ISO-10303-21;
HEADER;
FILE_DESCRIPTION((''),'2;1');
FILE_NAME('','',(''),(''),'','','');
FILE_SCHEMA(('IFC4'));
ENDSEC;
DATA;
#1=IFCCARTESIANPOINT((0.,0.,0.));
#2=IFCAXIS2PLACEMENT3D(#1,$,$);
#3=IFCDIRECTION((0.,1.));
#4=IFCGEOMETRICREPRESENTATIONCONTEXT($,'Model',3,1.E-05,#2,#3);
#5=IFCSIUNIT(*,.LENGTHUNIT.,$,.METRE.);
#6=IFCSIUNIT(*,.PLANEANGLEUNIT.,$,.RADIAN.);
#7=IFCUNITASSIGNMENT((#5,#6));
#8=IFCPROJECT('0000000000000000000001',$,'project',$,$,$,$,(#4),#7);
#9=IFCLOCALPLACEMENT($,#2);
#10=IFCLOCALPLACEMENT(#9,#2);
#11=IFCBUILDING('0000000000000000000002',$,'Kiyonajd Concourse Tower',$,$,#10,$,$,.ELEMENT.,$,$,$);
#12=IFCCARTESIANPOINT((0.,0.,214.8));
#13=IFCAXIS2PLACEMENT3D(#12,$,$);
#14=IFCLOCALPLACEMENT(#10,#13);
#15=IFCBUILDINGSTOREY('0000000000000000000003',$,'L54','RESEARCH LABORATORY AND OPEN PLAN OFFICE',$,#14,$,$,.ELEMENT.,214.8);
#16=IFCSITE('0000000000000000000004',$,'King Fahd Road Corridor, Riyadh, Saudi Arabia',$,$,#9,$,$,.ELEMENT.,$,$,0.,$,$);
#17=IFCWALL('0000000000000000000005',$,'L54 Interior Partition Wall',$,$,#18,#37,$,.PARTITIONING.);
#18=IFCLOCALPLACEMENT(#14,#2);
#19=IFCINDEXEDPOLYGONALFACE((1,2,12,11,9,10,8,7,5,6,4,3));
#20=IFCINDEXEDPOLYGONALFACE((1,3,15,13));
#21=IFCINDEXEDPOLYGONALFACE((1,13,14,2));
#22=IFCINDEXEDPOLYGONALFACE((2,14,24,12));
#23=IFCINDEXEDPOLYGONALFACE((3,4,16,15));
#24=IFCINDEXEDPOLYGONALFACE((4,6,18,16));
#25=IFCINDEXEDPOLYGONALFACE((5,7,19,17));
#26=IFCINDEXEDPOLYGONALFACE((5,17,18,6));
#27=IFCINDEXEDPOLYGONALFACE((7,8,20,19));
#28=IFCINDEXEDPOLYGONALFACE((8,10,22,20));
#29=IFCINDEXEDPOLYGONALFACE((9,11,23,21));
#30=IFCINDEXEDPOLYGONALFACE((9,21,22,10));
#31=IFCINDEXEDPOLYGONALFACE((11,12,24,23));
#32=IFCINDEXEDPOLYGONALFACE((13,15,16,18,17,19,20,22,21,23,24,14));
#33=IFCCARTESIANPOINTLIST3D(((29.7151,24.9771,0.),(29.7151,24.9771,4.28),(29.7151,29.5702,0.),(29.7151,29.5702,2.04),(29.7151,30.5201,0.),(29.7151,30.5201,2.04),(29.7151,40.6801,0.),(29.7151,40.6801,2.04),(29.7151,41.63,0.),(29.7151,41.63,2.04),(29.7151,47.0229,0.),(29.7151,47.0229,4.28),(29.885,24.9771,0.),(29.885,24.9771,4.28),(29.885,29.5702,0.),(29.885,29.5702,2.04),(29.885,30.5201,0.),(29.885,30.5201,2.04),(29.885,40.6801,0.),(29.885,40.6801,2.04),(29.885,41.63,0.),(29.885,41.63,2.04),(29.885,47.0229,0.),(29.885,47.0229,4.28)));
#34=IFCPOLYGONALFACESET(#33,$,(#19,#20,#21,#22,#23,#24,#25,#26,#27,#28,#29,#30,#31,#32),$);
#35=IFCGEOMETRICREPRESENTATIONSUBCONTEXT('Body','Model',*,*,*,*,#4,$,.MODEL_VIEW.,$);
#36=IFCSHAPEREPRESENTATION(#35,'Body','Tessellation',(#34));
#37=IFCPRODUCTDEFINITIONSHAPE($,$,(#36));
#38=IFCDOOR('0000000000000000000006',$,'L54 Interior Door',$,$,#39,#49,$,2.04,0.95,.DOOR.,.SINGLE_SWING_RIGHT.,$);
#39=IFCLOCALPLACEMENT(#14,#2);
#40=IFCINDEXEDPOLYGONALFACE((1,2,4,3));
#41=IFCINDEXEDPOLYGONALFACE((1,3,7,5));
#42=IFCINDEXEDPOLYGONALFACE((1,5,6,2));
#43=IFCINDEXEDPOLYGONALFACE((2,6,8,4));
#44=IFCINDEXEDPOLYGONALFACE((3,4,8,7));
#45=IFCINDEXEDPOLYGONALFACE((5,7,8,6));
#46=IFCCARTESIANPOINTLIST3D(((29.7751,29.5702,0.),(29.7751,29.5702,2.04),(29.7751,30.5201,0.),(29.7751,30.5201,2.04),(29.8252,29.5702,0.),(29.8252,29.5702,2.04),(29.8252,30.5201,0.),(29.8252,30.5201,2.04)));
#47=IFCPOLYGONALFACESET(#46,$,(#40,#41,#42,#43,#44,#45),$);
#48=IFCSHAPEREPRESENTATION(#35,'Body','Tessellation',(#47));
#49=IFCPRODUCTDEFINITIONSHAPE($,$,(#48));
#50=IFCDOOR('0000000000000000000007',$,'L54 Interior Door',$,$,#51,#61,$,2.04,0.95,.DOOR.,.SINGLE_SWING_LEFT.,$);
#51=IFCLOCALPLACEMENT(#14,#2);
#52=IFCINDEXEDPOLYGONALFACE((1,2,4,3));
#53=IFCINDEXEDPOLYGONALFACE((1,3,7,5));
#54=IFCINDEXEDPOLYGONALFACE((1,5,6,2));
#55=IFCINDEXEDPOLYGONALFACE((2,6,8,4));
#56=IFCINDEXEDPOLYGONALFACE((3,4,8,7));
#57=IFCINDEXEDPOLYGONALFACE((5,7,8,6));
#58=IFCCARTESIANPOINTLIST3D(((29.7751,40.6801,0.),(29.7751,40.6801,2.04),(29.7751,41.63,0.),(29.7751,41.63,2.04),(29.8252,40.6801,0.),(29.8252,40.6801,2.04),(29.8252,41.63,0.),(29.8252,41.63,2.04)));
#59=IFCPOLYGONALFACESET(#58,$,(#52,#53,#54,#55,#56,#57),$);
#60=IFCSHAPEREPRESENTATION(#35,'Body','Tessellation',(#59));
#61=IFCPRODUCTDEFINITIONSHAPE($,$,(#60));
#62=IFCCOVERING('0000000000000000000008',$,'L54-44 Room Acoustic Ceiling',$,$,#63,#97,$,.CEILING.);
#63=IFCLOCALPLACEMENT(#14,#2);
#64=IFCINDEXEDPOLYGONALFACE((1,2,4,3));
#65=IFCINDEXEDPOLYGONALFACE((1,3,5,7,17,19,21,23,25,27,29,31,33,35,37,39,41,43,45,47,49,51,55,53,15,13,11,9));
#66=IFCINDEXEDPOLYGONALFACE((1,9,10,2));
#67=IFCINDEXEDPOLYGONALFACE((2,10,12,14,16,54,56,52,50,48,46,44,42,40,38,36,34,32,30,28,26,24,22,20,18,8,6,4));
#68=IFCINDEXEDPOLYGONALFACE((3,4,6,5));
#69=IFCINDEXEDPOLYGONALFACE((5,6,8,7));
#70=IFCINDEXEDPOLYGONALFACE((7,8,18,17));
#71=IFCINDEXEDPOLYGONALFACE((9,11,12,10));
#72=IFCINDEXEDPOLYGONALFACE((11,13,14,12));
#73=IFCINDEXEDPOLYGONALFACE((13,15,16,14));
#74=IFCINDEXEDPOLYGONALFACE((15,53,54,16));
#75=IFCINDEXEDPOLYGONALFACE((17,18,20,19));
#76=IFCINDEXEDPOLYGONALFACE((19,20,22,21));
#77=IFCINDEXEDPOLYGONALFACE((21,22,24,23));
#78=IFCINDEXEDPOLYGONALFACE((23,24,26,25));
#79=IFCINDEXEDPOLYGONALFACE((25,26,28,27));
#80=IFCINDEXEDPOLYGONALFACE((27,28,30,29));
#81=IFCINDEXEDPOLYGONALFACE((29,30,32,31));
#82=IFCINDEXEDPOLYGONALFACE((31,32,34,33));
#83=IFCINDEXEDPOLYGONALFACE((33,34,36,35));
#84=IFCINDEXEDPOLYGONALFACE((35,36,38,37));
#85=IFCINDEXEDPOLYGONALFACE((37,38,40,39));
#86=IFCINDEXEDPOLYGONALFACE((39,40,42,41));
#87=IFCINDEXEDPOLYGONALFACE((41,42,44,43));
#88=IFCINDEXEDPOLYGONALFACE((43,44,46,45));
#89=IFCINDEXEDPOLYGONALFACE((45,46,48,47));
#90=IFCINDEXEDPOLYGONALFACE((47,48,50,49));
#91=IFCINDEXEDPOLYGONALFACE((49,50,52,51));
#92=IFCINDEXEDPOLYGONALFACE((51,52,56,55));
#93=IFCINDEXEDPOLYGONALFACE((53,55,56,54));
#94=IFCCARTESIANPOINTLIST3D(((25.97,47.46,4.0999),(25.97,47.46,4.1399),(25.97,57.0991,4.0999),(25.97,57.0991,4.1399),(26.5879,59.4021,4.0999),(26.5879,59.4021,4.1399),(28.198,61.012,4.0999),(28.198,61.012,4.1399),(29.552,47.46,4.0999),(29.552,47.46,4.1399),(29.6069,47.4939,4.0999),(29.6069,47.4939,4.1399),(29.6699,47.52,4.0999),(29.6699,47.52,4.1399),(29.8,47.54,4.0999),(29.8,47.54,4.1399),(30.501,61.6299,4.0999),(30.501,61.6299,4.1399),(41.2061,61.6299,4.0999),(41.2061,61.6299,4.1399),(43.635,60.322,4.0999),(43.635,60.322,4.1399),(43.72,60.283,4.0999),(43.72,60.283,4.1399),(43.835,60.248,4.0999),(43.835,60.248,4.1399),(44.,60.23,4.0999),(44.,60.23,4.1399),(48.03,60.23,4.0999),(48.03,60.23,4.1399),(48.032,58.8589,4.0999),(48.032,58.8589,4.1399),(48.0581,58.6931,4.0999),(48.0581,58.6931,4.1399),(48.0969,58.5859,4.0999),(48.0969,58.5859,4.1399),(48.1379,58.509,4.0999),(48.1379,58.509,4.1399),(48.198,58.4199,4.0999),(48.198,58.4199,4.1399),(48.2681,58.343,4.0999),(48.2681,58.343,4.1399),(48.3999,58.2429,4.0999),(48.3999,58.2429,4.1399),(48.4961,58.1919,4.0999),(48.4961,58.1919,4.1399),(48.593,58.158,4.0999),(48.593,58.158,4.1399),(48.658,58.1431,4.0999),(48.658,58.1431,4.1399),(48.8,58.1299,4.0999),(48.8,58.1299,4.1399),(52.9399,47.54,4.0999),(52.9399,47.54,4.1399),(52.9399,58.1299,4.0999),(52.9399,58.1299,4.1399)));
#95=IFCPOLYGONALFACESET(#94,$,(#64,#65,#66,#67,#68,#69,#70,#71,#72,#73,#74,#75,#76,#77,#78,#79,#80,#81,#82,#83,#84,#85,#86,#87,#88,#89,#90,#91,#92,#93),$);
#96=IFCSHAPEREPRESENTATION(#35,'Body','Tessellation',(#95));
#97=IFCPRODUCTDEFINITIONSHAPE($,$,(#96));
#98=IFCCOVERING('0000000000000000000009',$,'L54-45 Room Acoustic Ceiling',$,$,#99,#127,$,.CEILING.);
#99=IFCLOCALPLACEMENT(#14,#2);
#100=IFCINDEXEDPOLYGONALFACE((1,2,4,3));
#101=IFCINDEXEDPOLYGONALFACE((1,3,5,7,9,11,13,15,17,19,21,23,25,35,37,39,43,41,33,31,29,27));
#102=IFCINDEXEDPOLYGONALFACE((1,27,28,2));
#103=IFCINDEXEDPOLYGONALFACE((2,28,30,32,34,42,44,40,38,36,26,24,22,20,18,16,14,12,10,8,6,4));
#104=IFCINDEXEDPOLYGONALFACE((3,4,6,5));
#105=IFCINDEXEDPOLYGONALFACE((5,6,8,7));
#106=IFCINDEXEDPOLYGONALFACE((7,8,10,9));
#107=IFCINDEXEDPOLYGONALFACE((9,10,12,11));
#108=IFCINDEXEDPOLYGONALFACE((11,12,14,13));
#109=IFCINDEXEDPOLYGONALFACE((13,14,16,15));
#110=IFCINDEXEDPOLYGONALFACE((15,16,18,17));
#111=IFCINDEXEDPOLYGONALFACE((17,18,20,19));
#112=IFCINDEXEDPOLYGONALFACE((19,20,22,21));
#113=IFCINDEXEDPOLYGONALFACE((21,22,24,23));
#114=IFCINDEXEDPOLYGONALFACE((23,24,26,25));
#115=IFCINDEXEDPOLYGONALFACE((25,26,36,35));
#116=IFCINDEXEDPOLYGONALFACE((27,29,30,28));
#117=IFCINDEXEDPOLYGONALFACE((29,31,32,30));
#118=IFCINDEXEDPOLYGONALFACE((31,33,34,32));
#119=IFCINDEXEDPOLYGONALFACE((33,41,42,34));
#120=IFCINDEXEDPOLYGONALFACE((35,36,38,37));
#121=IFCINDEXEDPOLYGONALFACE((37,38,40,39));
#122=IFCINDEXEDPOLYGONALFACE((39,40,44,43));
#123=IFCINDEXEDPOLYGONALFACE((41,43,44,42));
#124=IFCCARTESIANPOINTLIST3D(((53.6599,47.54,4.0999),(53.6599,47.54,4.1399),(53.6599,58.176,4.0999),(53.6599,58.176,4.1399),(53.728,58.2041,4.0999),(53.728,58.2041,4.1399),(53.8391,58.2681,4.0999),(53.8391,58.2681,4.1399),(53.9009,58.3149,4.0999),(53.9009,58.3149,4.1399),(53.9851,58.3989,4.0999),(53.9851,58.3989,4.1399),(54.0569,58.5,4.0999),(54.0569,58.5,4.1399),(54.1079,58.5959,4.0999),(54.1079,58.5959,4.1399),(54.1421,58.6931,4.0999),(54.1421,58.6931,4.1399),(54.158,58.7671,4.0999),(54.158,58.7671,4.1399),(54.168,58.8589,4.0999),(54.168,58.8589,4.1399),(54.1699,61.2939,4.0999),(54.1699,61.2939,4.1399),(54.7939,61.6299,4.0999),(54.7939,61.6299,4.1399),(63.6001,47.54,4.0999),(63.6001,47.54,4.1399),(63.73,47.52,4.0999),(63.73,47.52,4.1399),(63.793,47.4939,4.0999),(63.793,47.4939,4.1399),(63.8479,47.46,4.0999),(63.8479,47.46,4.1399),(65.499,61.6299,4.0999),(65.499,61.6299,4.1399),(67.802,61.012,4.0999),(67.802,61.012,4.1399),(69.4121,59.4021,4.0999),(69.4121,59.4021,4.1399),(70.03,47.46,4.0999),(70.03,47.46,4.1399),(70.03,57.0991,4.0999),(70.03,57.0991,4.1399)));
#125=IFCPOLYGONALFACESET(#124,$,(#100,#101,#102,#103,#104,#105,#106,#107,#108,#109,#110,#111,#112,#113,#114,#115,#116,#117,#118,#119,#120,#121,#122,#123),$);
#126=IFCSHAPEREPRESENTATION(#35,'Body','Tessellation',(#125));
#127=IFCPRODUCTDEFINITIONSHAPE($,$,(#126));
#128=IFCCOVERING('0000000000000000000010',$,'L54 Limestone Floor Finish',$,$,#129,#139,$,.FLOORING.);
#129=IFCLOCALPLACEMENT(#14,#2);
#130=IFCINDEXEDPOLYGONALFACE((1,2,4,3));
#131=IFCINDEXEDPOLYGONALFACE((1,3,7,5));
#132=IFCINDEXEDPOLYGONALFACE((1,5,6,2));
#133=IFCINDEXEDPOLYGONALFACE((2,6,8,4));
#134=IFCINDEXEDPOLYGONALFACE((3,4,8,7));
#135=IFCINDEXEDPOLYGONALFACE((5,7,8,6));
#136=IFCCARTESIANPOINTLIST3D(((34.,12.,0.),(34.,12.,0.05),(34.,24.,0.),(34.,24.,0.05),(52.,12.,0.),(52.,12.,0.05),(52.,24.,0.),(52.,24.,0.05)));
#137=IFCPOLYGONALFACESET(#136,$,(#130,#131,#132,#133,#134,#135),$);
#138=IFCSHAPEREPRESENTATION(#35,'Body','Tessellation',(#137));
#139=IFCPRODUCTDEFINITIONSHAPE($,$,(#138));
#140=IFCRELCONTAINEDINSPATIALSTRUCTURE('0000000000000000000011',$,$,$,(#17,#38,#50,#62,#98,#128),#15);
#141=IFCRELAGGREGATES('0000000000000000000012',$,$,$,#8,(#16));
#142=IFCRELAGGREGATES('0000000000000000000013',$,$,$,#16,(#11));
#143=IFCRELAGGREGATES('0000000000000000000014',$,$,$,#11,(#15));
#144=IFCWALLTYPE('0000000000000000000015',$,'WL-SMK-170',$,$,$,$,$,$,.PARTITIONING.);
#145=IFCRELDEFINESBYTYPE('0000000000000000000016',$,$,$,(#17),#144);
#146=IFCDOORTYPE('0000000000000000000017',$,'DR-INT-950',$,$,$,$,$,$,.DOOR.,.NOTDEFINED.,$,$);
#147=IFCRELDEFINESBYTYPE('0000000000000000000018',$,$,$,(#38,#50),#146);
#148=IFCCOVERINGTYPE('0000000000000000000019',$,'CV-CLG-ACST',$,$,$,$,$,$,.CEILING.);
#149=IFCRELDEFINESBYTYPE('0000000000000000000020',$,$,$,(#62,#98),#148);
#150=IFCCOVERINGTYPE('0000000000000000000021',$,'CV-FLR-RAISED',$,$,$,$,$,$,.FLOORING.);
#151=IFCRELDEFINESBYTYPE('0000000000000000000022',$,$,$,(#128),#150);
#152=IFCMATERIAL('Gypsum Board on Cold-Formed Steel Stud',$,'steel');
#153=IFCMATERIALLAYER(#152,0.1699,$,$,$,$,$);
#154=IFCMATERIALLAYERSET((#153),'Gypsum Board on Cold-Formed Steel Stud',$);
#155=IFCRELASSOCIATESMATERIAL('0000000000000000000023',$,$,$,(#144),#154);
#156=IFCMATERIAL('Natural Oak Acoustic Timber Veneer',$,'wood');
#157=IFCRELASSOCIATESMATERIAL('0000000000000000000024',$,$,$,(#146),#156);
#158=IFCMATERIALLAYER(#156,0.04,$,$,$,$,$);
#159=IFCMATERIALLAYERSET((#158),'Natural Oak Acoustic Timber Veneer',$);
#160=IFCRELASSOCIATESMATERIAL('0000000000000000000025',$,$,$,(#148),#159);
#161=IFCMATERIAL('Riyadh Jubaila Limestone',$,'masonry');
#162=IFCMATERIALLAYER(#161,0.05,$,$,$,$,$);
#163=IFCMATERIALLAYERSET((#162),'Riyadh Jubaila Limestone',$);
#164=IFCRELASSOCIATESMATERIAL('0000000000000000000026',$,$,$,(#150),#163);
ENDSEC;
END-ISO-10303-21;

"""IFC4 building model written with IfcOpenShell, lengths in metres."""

from ifc_helpers import new_model, si_unit, direction, frame, frame_2d, origin, place, context, subcontext, project, spatial, polyline, rectangle, outline, extrude, material, layer, layer_set, type_object, element, fill, save


model = new_model("IFC4")

# Units and contexts
model_context = context("Model", 3, precision=1e-05, world=origin(), true_north=direction((0.0, 1.0)))
body_context = subcontext(model_context, "Body", "Model", "MODEL_VIEW")
ifc_project = project(units=[si_unit("LENGTHUNIT", "METRE"), si_unit("PLANEANGLEUNIT", "RADIAN")], contexts=[model_context])

# Site, building, storey
site_placement = place(None, origin())
site = spatial("IfcSite", under=ifc_project, at=site_placement, Name="King Fahd Road Corridor, Riyadh, Saudi Arabia", CompositionType="ELEMENT", RefElevation=0.0)
building_placement = place(site_placement, origin())
building = spatial("IfcBuilding", under=site, at=building_placement, Name="Kiyonajd Concourse Tower", CompositionType="ELEMENT")
storey_placement = place(building_placement, frame((0.0, 0.0, 214.8)))
storey = spatial("IfcBuildingStorey", under=building, at=storey_placement, Name="L54", Description="RESEARCH LABORATORY AND OPEN PLAN OFFICE", CompositionType="ELEMENT", Elevation=214.8)

# Wall, openings, doors
ifc_material_1 = material(Name="Gypsum Board on Cold-Formed Steel Stud", Category="steel")
ifc_layer_1 = layer(ifc_material_1, 0.1699)
ifc_layer_set_1 = layer_set([ifc_layer_1], Name="Gypsum Board on Cold-Formed Steel Stud")
wall_type_1 = type_object("IfcWallType", Name="WL-SMK-170", PredefinedType="PARTITIONING", material=ifc_layer_set_1)
ifc_material_2 = material(Name="Natural Oak Acoustic Timber Veneer", Category="wood")
door_type = type_object("IfcDoorType", Name="DR-INT-950", OperationType="NOTDEFINED", PredefinedType="DOOR", material=ifc_material_2)
wall_1_placement = place(storey_placement, frame((29.8, 24.9771, 0.0), z_axis=(0.0, 0.0, 1.0), x_axis=(0.0, 1.0, 0.0)))
wall_1 = element("IfcWall", 1, at=wall_1_placement, inside=storey, type_object=wall_type_1, Name="L54 Interior Partition Wall", PredefinedType="PARTITIONING", context=body_context, shape_type="SweptSolid", body=[
    extrude(rectangle(XDim=22.0459, YDim=0.1699, at=frame_2d((11.0229, 0.0))), origin(), (0.0, 0.0, 1.0), 4.28),
])
opening_1_placement = place(wall_1_placement, frame((4.593, 0.0, 0.0)))
opening_1 = element("IfcOpeningElement", 2, at=opening_1_placement, cuts=wall_1, PredefinedType="OPENING", context=body_context, shape_type="SweptSolid", body=[
    extrude(rectangle(XDim=0.95, YDim=2.04, at=frame_2d((0.4751, 1.02))), frame((0.0, 0.095, 0.0), z_axis=(0.0, -1.0, 0.0), x_axis=(1.0, 0.0, 0.0)), (0.0, 0.0, 1.0), 0.1899),
])
opening_2_placement = place(wall_1_placement, frame((15.7029, 0.0, 0.0)))
opening_2 = element("IfcOpeningElement", 3, at=opening_2_placement, cuts=wall_1, PredefinedType="OPENING", context=body_context, shape_type="SweptSolid", body=[
    extrude(rectangle(XDim=0.95, YDim=2.04, at=frame_2d((0.4751, 1.02))), frame((0.0, 0.095, 0.0), z_axis=(0.0, -1.0, 0.0), x_axis=(1.0, 0.0, 0.0)), (0.0, 0.0, 1.0), 0.1899),
])
door_1_placement = place(opening_1_placement, origin())
door_1 = element("IfcDoor", 4, at=door_1_placement, inside=storey, type_object=door_type, Name="L54 Interior Door", OperationType="SINGLE_SWING_RIGHT", OverallHeight=2.04, OverallWidth=0.95, PredefinedType="DOOR", context=body_context, shape_type="SweptSolid", body=[
    extrude(rectangle(XDim=0.95, YDim=2.04, at=frame_2d((0.4751, 1.02))), frame((0.0, 0.0249, 0.0), z_axis=(0.0, -1.0, 0.0), x_axis=(1.0, 0.0, 0.0)), (0.0, 0.0, 1.0), 0.05),
])
fill(opening_1, door_1)
door_2_placement = place(opening_2_placement, origin())
door_2 = element("IfcDoor", 5, at=door_2_placement, inside=storey, type_object=door_type, Name="L54 Interior Door", OperationType="SINGLE_SWING_LEFT", OverallHeight=2.04, OverallWidth=0.95, PredefinedType="DOOR", context=body_context, shape_type="SweptSolid", body=[
    extrude(rectangle(XDim=0.95, YDim=2.04, at=frame_2d((0.4751, 1.02))), frame((0.0, 0.0249, 0.0), z_axis=(0.0, -1.0, 0.0), x_axis=(1.0, 0.0, 0.0)), (0.0, 0.0, 1.0), 0.05),
])
fill(opening_2, door_2)

# Coverings
ifc_layer_2 = layer(ifc_material_2, 0.04)
ifc_layer_set_2 = layer_set([ifc_layer_2], Name="Natural Oak Acoustic Timber Veneer")
covering_type_1 = type_object("IfcCoveringType", Name="CV-CLG-ACST", PredefinedType="CEILING", material=ifc_layer_set_2)
covering_1_placement = place(storey_placement, frame((0.0, 0.0, 4.0999)))
element("IfcCovering", 6, at=covering_1_placement, inside=storey, type_object=covering_type_1, Name="L54-44 Room Acoustic Ceiling", PredefinedType="CEILING", context=body_context, shape_type="SweptSolid", body=[
    extrude(outline(polyline([(28.198, 61.012), (30.501, 61.6299), (41.2061, 61.6299), (43.635, 60.322), (43.72, 60.283), (43.835, 60.248), (44.0, 60.23), (48.03, 60.23), (48.032, 58.8589), (48.0581, 58.6931), (48.0969, 58.5859), (48.1379, 58.509), (48.198, 58.4199), (48.2681, 58.343), (48.3999, 58.2429), (48.4961, 58.1919), (48.593, 58.158), (48.658, 58.1431), (48.8, 58.1299), (52.9399, 58.1299), (52.9399, 47.54), (29.8, 47.54), (29.6699, 47.52), (29.6069, 47.4939), (29.552, 47.46), (25.97, 47.46), (25.97, 57.0991), (26.5879, 59.4021), (28.198, 61.012)])), origin(), (0.0, 0.0, 1.0), 0.04),
])
covering_2_placement = place(storey_placement, frame((0.0, 0.0, 4.0999)))
element("IfcCovering", 7, at=covering_2_placement, inside=storey, type_object=covering_type_1, Name="L54-45 Room Acoustic Ceiling", PredefinedType="CEILING", context=body_context, shape_type="SweptSolid", body=[
    extrude(outline(polyline([(53.6599, 58.176), (53.728, 58.2041), (53.8391, 58.2681), (53.9009, 58.3149), (53.9851, 58.3989), (54.0569, 58.5), (54.1079, 58.5959), (54.1421, 58.6931), (54.158, 58.7671), (54.168, 58.8589), (54.1699, 61.2939), (54.7939, 61.6299), (65.499, 61.6299), (67.802, 61.012), (69.4121, 59.4021), (70.03, 57.0991), (70.03, 47.46), (63.8479, 47.46), (63.793, 47.4939), (63.73, 47.52), (63.6001, 47.54), (53.6599, 47.54), (53.6599, 58.176)])), origin(), (0.0, 0.0, 1.0), 0.04),
])
ifc_material_3 = material(Name="Riyadh Jubaila Limestone", Category="masonry")
ifc_layer_3 = layer(ifc_material_3, 0.05)
ifc_layer_set_3 = layer_set([ifc_layer_3], Name="Riyadh Jubaila Limestone")
covering_type_2 = type_object("IfcCoveringType", Name="CV-FLR-RAISED", PredefinedType="FLOORING", material=ifc_layer_set_3)
covering_3_placement = place(storey_placement, origin())
element("IfcCovering", 8, at=covering_3_placement, inside=storey, type_object=covering_type_2, Name="L54 Limestone Floor Finish", PredefinedType="FLOORING", context=body_context, shape_type="SweptSolid", body=[
    extrude(outline(polyline([(34.0, 12.0), (52.0, 12.0), (52.0, 24.0), (34.0, 24.0), (34.0, 12.0)])), origin(), (0.0, 0.0, 1.0), 0.05),
])

save(model, "model.ifc")
